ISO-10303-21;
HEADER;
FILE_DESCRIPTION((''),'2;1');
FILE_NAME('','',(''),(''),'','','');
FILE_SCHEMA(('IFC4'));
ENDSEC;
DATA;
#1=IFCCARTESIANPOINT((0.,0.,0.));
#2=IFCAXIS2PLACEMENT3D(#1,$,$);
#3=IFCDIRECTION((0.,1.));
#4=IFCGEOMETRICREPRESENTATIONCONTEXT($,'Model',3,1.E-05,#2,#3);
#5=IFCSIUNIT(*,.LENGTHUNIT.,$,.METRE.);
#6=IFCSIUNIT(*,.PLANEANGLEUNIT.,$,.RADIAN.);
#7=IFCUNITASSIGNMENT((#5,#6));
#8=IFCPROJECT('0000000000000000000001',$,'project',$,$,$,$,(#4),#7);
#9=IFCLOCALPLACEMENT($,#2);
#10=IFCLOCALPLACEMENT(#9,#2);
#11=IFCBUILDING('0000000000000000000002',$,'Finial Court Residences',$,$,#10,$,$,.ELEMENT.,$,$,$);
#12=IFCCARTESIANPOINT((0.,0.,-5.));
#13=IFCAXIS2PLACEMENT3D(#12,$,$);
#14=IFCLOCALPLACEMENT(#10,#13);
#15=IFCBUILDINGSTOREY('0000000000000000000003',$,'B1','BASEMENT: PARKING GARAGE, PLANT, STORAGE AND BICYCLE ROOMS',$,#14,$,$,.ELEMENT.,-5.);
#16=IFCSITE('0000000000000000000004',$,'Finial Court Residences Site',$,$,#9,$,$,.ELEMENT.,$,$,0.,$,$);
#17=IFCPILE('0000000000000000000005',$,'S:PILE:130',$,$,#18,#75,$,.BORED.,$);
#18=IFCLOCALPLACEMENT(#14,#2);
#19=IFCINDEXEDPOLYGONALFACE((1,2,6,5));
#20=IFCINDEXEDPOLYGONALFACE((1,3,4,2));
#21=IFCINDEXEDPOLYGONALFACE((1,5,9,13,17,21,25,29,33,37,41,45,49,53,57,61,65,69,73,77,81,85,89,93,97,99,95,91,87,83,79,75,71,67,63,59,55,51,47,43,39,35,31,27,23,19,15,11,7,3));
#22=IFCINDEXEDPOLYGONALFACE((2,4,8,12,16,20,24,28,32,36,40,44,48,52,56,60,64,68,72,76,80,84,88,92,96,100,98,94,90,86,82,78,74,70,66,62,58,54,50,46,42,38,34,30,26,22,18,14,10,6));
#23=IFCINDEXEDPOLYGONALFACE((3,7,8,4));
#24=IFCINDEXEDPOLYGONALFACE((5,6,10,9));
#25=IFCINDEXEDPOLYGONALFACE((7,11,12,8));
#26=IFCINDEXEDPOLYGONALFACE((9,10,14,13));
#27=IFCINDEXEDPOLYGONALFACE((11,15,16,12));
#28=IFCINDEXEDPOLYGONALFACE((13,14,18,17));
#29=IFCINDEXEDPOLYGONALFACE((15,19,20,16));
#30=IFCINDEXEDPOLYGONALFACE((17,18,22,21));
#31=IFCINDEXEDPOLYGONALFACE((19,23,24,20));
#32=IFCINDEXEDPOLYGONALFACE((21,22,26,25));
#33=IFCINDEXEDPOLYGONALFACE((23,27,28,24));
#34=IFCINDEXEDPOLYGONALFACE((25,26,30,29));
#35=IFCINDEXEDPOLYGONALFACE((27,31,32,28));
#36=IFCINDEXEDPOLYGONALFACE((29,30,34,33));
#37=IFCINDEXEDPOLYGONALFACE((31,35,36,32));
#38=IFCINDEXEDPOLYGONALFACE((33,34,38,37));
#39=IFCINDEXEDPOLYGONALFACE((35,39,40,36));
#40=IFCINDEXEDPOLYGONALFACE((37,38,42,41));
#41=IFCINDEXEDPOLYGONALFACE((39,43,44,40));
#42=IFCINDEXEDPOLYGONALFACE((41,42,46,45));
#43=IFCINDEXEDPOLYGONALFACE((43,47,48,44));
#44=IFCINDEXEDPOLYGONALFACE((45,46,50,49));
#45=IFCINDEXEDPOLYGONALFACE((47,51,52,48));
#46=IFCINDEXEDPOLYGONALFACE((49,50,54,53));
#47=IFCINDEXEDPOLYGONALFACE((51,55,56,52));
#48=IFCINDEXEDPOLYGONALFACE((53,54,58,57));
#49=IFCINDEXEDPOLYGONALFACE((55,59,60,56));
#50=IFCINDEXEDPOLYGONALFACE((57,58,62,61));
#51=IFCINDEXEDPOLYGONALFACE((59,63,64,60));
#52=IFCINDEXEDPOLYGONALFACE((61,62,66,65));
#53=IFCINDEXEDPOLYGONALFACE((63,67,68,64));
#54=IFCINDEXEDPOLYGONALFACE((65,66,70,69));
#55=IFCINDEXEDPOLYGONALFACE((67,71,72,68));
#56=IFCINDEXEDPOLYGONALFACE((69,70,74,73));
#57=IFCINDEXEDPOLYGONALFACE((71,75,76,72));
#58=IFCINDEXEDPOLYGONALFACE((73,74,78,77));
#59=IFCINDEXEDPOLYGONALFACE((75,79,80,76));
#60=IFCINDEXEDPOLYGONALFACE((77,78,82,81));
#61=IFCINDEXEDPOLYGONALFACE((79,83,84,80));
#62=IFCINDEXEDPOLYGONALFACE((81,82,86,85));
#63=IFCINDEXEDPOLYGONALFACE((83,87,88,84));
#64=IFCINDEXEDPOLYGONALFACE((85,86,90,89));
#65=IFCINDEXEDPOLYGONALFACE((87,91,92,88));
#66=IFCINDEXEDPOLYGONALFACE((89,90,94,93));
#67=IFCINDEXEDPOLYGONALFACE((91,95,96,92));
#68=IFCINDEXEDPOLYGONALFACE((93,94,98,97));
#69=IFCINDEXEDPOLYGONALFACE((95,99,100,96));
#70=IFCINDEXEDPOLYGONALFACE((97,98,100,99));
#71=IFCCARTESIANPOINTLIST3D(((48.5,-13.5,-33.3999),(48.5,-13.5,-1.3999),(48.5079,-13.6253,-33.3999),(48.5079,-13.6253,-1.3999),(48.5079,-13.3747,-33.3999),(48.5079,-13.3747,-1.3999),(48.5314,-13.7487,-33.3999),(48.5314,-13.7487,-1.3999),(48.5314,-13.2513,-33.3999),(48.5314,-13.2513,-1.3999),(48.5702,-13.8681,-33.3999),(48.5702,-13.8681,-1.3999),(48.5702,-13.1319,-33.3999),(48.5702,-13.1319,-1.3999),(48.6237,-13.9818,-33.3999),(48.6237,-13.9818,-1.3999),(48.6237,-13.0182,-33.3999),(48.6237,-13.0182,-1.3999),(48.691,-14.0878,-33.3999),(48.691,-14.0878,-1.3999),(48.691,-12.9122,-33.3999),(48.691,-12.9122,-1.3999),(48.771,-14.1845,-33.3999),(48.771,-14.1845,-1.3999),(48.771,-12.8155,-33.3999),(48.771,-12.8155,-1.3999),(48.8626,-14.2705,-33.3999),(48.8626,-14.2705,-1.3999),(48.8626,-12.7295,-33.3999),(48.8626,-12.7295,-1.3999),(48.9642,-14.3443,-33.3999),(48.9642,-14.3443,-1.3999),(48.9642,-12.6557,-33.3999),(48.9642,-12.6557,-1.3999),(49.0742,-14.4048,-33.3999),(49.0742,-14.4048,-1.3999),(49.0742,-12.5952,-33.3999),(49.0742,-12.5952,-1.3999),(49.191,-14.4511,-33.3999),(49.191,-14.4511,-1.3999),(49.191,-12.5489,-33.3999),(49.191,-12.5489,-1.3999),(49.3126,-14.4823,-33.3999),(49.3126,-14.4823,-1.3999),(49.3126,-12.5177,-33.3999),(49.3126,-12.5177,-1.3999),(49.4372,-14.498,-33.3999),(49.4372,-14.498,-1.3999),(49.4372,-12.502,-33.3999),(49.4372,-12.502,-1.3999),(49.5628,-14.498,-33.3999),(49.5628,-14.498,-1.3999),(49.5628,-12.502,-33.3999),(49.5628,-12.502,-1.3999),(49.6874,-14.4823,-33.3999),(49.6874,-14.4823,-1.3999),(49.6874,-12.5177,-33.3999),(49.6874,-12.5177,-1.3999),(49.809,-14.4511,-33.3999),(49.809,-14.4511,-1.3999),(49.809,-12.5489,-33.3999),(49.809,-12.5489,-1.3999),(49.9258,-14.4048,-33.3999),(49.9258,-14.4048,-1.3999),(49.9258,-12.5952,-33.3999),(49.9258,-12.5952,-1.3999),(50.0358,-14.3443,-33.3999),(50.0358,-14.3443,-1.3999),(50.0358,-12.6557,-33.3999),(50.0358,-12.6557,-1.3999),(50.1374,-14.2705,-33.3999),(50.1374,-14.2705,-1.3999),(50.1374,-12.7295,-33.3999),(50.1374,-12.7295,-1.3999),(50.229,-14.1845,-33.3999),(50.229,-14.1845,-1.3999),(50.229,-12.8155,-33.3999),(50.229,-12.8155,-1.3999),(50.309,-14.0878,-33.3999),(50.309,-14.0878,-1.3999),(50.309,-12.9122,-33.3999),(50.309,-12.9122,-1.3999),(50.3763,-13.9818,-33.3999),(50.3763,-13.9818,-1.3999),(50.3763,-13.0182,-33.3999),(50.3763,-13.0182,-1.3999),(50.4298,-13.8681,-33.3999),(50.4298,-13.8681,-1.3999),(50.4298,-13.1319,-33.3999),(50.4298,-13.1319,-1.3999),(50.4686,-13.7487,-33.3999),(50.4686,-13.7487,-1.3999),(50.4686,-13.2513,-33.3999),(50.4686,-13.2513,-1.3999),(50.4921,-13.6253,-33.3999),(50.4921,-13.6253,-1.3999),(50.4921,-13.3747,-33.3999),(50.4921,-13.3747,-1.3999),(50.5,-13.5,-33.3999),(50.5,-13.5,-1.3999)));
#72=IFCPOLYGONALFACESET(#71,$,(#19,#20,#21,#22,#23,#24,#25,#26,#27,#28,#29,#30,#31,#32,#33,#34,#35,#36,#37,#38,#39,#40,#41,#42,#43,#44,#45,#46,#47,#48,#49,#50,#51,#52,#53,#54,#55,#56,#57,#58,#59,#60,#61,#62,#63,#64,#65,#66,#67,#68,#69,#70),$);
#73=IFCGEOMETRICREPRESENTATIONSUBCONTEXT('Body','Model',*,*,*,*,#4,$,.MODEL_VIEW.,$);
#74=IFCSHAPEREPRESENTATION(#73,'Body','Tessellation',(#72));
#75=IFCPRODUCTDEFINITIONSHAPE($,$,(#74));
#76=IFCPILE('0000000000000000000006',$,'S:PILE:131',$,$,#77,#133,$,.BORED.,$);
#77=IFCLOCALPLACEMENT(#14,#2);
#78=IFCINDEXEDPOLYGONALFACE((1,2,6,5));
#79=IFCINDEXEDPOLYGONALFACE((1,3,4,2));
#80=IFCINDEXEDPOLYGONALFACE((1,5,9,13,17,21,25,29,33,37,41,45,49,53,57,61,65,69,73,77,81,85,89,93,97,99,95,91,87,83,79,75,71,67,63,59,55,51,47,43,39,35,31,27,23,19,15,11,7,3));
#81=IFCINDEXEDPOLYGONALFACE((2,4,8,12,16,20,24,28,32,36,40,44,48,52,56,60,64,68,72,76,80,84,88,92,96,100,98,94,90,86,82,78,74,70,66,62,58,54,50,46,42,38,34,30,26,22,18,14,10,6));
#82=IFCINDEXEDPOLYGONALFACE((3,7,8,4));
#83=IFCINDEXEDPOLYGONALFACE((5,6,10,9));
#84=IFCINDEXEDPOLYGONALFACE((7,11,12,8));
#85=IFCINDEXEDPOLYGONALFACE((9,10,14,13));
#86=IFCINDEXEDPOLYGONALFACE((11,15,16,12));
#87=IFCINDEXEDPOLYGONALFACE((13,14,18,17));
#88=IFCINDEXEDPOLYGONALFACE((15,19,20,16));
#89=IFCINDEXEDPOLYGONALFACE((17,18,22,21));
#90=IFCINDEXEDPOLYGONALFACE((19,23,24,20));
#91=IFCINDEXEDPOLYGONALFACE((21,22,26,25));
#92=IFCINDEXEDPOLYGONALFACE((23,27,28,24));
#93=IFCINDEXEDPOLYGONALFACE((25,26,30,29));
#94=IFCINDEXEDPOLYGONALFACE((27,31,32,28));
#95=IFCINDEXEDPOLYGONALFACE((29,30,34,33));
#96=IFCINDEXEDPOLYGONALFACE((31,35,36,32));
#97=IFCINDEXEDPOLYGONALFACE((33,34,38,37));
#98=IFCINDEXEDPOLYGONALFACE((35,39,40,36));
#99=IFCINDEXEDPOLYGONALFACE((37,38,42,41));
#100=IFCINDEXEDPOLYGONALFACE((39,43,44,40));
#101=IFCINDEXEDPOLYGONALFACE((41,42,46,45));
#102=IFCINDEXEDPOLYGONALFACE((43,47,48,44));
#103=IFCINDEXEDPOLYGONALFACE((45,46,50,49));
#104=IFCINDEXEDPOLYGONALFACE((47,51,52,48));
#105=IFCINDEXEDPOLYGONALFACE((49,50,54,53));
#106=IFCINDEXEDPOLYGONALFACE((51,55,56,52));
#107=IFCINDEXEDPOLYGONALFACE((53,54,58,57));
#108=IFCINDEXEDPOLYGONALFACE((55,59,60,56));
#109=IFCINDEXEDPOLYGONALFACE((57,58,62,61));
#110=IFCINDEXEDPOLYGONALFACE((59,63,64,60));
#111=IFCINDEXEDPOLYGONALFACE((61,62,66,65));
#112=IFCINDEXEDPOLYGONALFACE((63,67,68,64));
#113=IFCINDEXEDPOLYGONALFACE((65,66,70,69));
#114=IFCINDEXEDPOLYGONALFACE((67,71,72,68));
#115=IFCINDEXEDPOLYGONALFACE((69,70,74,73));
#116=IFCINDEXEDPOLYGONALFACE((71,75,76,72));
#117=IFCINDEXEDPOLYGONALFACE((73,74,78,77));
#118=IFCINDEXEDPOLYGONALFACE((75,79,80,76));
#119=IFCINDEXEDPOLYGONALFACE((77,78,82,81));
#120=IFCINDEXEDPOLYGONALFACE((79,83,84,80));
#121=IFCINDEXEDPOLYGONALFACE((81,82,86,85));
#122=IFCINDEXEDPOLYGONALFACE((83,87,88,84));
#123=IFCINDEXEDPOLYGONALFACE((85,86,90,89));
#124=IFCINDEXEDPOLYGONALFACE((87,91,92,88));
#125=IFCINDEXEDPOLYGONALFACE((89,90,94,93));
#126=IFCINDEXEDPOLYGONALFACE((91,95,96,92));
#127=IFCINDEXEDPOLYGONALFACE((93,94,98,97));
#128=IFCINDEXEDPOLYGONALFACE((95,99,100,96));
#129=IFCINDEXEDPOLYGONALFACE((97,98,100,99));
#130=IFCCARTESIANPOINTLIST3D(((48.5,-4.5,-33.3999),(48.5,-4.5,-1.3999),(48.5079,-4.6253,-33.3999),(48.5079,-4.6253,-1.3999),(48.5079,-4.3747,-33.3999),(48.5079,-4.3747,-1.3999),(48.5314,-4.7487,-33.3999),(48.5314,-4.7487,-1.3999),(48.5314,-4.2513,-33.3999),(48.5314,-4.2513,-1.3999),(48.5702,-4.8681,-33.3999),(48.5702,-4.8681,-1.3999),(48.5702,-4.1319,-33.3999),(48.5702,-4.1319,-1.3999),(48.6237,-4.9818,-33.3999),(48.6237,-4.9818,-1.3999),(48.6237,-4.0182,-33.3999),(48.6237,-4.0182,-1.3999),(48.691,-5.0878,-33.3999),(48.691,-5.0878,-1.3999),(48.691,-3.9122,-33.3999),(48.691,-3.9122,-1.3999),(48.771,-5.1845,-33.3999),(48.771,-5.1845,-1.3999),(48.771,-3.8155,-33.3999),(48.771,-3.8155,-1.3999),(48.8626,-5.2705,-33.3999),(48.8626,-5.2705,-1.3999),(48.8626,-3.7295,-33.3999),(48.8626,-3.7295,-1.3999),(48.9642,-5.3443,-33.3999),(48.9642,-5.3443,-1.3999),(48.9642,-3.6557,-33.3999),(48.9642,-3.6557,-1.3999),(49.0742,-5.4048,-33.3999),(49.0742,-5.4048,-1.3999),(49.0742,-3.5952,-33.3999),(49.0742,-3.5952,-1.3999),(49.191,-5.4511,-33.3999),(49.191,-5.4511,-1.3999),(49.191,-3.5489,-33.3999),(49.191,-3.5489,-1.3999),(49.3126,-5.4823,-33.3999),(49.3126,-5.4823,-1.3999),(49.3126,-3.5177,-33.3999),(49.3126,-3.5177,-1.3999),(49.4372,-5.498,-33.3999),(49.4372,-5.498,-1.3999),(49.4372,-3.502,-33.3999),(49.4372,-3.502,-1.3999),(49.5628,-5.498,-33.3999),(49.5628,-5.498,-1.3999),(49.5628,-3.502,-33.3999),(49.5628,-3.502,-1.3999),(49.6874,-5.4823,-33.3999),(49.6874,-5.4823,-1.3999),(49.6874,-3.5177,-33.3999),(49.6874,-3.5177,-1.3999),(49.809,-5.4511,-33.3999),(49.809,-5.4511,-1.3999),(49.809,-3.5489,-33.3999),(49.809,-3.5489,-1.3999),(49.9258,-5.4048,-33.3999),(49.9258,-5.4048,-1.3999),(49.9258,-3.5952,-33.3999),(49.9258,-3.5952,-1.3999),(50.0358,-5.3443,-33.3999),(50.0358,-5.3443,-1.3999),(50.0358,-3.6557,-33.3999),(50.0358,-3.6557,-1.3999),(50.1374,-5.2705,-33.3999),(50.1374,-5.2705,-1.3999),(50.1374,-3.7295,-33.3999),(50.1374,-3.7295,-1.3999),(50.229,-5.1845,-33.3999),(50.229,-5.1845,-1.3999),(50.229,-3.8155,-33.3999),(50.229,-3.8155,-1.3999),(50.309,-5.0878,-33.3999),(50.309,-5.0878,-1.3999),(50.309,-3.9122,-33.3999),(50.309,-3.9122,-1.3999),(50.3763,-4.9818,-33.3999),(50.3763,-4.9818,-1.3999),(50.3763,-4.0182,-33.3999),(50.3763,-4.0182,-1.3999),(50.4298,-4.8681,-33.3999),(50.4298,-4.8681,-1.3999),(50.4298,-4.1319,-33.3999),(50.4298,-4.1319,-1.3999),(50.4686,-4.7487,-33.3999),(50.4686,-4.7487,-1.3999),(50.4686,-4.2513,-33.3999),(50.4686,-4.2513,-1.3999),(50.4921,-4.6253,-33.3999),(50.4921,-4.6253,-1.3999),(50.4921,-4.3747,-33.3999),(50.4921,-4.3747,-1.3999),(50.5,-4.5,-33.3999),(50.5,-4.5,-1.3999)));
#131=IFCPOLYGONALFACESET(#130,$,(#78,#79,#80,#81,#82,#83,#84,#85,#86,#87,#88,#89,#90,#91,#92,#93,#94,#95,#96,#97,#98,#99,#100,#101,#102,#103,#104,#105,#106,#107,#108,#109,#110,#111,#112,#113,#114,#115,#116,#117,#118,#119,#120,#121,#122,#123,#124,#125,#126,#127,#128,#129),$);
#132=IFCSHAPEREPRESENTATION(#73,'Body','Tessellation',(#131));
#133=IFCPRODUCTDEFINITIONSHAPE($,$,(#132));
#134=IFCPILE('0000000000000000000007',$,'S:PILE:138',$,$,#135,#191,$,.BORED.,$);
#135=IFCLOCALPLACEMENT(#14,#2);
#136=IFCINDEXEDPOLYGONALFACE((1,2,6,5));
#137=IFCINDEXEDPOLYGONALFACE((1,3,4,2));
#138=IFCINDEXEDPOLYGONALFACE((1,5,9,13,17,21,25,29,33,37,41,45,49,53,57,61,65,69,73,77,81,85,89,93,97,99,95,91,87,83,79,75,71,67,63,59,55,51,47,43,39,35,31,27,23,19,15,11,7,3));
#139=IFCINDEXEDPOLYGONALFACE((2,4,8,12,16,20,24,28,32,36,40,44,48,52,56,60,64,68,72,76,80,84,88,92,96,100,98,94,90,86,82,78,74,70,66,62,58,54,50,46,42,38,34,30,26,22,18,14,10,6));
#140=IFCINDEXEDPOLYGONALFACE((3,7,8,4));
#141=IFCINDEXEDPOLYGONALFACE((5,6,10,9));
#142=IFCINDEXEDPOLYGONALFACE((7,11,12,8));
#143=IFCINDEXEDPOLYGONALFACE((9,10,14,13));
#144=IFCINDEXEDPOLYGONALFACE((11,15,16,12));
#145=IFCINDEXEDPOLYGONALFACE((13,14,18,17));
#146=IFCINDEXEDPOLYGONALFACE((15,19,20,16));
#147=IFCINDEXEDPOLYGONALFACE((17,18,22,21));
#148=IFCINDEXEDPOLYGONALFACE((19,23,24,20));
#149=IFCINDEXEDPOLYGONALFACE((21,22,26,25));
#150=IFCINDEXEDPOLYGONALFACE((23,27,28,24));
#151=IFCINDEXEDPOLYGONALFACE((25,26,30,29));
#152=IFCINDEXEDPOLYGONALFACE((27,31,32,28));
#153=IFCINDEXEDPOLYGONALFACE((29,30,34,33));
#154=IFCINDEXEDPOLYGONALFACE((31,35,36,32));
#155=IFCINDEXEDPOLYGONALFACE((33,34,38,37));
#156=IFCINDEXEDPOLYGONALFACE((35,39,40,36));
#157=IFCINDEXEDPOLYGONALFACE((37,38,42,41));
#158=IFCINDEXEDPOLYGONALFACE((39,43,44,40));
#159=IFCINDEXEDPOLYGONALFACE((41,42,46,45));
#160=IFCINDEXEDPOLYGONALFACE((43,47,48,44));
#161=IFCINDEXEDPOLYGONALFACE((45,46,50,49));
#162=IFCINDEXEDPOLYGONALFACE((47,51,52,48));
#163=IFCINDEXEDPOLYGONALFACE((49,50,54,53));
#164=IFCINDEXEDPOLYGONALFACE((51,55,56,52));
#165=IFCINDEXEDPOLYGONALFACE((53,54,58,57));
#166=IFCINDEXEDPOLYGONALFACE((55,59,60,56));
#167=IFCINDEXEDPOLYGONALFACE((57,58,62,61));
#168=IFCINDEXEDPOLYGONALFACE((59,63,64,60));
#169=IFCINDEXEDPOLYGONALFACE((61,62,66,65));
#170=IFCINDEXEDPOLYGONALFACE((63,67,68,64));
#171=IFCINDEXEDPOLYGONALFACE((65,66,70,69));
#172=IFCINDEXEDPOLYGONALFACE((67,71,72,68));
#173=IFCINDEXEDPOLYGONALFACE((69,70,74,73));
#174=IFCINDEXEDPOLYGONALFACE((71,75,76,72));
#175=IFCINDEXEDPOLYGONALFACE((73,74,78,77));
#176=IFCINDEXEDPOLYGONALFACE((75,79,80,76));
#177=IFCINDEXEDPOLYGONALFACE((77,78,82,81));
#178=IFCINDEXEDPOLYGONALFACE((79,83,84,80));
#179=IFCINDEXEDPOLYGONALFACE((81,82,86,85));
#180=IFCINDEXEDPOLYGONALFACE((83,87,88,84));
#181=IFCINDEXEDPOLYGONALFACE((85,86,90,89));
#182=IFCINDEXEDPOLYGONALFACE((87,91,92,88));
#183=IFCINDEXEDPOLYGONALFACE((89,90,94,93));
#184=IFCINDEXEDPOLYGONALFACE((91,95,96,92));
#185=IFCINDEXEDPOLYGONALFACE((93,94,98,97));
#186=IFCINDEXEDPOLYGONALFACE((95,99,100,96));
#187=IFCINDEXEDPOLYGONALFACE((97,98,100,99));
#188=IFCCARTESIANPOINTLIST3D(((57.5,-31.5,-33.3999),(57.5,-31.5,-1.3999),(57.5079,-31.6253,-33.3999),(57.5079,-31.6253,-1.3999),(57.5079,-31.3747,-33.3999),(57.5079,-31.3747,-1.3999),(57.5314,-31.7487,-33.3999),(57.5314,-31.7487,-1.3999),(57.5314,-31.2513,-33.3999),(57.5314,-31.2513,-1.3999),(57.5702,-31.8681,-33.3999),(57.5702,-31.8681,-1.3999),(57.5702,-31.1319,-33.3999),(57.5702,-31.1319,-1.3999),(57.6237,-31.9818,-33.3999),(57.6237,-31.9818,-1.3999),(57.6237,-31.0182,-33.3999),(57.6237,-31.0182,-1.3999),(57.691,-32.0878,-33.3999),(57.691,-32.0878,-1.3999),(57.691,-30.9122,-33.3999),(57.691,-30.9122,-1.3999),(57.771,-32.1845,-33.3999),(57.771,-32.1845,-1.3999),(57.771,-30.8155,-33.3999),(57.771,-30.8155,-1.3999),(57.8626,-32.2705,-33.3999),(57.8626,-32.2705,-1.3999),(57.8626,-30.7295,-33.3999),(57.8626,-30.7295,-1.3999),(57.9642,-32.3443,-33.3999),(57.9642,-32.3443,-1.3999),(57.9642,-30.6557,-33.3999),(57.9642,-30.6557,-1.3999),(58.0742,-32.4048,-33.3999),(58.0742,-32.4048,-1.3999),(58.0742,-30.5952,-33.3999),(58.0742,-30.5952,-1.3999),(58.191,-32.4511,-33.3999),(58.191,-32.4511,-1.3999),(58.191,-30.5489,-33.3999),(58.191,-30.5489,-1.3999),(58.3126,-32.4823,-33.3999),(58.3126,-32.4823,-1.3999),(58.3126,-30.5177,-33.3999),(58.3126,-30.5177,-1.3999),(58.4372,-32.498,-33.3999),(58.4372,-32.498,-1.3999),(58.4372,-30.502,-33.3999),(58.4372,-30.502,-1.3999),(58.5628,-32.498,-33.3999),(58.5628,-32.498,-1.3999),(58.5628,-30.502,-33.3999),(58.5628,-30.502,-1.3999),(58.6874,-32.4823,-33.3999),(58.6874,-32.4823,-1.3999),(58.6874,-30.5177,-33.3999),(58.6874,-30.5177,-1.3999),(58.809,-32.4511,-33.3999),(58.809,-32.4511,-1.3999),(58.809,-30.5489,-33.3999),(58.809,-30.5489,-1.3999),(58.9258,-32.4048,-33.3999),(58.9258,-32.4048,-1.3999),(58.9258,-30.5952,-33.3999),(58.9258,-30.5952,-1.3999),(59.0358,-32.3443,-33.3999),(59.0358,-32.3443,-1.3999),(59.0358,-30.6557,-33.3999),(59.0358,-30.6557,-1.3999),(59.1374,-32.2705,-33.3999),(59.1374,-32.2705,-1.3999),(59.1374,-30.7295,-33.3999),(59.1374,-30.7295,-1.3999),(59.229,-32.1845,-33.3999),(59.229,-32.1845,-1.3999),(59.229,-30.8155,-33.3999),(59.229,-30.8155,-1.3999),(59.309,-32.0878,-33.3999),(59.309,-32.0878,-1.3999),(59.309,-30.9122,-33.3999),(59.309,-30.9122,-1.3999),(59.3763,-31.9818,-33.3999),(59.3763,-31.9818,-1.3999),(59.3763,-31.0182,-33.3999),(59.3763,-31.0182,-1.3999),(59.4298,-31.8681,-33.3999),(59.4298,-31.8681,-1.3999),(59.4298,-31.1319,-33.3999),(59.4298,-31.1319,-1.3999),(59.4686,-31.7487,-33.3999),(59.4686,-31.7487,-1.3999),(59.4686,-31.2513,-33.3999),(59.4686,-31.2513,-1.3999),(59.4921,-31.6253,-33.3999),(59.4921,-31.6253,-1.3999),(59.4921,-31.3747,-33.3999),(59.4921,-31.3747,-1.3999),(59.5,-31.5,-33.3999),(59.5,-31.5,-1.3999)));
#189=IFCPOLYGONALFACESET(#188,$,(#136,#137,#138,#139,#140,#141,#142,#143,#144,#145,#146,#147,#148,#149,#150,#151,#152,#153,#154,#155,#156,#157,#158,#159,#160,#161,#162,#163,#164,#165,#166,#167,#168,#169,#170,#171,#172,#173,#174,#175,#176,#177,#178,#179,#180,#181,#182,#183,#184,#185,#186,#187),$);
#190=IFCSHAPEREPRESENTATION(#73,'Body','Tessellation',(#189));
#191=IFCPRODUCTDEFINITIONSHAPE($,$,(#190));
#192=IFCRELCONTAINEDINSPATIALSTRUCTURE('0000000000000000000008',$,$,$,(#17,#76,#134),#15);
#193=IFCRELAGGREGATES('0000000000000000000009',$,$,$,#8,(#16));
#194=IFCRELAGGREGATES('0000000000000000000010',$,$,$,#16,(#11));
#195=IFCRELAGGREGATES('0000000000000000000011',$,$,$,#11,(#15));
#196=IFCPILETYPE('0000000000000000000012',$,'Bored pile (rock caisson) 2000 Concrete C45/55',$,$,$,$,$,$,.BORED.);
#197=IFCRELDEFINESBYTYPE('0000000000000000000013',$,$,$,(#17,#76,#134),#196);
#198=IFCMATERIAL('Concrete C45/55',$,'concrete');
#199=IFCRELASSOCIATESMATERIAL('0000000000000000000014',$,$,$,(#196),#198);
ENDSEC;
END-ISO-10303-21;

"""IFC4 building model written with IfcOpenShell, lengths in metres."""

from ifc_helpers import new_model, si_unit, direction, frame, origin, origin_2d, place, context, subcontext, project, spatial, circle, extrude, material, material_profile, profile_set, type_object, element, save


model = new_model("IFC4")

# Units and contexts
model_context = context("Model", 3, precision=1e-05, world=origin(), true_north=direction((0.0, 1.0)))
body_context = subcontext(model_context, "Body", "Model", "MODEL_VIEW")
ifc_project = project(units=[si_unit("LENGTHUNIT", "METRE"), si_unit("PLANEANGLEUNIT", "RADIAN")], contexts=[model_context])

# Site, building, storey
site_placement = place(None, origin())
site = spatial("IfcSite", under=ifc_project, at=site_placement, Name="Finial Court Residences Site", CompositionType="ELEMENT", RefElevation=0.0)
building_placement = place(site_placement, origin())
building = spatial("IfcBuilding", under=site, at=building_placement, Name="Finial Court Residences", CompositionType="ELEMENT")
storey_placement = place(building_placement, frame((0.0, 0.0, -5.0)))
storey = spatial("IfcBuildingStorey", under=building, at=storey_placement, Name="B1", Description="BASEMENT: PARKING GARAGE, PLANT, STORAGE AND BICYCLE ROOMS", CompositionType="ELEMENT", Elevation=-5.0)

# Piles
ifc_material_1 = material(Name="Concrete C45/55", Category="concrete")
ifc_material_profile_1 = material_profile(ifc_material_1, circle(Radius=1.0, at=origin_2d()), Name="D2000")
ifc_profile_set_1 = profile_set([ifc_material_profile_1], Name="Concrete C45/55")
pile_type = type_object("IfcPileType", Name="Bored pile (rock caisson) 2000 Concrete C45/55", PredefinedType="BORED", material=ifc_profile_set_1)
for number, where, z_axis, x_axis, name in (
    (1, (49.5, -13.5, -1.3999), (0.0, 0.0, -1.0), (1.0, 0.0, 0.0), "S:PILE:130"),
    (2, (49.5, -4.5, -1.3999), (0.0, 0.0, -1.0), (1.0, 0.0, 0.0), "S:PILE:131"),
    (3, (58.5, -31.5, -1.3999), (0.0, 0.0, -1.0), (1.0, 0.0, 0.0), "S:PILE:138"),
):
    element("IfcPile", number, at=place(storey_placement, frame(where, z_axis=z_axis, x_axis=x_axis)), inside=storey, type_object=pile_type, Name=name, PredefinedType="BORED", context=body_context, shape_type="SweptSolid", body=[
        extrude(circle(Radius=1.0, at=origin_2d()), origin(), (0.0, 0.0, 1.0), 32.0),
    ])

save(model, "model.ifc")
